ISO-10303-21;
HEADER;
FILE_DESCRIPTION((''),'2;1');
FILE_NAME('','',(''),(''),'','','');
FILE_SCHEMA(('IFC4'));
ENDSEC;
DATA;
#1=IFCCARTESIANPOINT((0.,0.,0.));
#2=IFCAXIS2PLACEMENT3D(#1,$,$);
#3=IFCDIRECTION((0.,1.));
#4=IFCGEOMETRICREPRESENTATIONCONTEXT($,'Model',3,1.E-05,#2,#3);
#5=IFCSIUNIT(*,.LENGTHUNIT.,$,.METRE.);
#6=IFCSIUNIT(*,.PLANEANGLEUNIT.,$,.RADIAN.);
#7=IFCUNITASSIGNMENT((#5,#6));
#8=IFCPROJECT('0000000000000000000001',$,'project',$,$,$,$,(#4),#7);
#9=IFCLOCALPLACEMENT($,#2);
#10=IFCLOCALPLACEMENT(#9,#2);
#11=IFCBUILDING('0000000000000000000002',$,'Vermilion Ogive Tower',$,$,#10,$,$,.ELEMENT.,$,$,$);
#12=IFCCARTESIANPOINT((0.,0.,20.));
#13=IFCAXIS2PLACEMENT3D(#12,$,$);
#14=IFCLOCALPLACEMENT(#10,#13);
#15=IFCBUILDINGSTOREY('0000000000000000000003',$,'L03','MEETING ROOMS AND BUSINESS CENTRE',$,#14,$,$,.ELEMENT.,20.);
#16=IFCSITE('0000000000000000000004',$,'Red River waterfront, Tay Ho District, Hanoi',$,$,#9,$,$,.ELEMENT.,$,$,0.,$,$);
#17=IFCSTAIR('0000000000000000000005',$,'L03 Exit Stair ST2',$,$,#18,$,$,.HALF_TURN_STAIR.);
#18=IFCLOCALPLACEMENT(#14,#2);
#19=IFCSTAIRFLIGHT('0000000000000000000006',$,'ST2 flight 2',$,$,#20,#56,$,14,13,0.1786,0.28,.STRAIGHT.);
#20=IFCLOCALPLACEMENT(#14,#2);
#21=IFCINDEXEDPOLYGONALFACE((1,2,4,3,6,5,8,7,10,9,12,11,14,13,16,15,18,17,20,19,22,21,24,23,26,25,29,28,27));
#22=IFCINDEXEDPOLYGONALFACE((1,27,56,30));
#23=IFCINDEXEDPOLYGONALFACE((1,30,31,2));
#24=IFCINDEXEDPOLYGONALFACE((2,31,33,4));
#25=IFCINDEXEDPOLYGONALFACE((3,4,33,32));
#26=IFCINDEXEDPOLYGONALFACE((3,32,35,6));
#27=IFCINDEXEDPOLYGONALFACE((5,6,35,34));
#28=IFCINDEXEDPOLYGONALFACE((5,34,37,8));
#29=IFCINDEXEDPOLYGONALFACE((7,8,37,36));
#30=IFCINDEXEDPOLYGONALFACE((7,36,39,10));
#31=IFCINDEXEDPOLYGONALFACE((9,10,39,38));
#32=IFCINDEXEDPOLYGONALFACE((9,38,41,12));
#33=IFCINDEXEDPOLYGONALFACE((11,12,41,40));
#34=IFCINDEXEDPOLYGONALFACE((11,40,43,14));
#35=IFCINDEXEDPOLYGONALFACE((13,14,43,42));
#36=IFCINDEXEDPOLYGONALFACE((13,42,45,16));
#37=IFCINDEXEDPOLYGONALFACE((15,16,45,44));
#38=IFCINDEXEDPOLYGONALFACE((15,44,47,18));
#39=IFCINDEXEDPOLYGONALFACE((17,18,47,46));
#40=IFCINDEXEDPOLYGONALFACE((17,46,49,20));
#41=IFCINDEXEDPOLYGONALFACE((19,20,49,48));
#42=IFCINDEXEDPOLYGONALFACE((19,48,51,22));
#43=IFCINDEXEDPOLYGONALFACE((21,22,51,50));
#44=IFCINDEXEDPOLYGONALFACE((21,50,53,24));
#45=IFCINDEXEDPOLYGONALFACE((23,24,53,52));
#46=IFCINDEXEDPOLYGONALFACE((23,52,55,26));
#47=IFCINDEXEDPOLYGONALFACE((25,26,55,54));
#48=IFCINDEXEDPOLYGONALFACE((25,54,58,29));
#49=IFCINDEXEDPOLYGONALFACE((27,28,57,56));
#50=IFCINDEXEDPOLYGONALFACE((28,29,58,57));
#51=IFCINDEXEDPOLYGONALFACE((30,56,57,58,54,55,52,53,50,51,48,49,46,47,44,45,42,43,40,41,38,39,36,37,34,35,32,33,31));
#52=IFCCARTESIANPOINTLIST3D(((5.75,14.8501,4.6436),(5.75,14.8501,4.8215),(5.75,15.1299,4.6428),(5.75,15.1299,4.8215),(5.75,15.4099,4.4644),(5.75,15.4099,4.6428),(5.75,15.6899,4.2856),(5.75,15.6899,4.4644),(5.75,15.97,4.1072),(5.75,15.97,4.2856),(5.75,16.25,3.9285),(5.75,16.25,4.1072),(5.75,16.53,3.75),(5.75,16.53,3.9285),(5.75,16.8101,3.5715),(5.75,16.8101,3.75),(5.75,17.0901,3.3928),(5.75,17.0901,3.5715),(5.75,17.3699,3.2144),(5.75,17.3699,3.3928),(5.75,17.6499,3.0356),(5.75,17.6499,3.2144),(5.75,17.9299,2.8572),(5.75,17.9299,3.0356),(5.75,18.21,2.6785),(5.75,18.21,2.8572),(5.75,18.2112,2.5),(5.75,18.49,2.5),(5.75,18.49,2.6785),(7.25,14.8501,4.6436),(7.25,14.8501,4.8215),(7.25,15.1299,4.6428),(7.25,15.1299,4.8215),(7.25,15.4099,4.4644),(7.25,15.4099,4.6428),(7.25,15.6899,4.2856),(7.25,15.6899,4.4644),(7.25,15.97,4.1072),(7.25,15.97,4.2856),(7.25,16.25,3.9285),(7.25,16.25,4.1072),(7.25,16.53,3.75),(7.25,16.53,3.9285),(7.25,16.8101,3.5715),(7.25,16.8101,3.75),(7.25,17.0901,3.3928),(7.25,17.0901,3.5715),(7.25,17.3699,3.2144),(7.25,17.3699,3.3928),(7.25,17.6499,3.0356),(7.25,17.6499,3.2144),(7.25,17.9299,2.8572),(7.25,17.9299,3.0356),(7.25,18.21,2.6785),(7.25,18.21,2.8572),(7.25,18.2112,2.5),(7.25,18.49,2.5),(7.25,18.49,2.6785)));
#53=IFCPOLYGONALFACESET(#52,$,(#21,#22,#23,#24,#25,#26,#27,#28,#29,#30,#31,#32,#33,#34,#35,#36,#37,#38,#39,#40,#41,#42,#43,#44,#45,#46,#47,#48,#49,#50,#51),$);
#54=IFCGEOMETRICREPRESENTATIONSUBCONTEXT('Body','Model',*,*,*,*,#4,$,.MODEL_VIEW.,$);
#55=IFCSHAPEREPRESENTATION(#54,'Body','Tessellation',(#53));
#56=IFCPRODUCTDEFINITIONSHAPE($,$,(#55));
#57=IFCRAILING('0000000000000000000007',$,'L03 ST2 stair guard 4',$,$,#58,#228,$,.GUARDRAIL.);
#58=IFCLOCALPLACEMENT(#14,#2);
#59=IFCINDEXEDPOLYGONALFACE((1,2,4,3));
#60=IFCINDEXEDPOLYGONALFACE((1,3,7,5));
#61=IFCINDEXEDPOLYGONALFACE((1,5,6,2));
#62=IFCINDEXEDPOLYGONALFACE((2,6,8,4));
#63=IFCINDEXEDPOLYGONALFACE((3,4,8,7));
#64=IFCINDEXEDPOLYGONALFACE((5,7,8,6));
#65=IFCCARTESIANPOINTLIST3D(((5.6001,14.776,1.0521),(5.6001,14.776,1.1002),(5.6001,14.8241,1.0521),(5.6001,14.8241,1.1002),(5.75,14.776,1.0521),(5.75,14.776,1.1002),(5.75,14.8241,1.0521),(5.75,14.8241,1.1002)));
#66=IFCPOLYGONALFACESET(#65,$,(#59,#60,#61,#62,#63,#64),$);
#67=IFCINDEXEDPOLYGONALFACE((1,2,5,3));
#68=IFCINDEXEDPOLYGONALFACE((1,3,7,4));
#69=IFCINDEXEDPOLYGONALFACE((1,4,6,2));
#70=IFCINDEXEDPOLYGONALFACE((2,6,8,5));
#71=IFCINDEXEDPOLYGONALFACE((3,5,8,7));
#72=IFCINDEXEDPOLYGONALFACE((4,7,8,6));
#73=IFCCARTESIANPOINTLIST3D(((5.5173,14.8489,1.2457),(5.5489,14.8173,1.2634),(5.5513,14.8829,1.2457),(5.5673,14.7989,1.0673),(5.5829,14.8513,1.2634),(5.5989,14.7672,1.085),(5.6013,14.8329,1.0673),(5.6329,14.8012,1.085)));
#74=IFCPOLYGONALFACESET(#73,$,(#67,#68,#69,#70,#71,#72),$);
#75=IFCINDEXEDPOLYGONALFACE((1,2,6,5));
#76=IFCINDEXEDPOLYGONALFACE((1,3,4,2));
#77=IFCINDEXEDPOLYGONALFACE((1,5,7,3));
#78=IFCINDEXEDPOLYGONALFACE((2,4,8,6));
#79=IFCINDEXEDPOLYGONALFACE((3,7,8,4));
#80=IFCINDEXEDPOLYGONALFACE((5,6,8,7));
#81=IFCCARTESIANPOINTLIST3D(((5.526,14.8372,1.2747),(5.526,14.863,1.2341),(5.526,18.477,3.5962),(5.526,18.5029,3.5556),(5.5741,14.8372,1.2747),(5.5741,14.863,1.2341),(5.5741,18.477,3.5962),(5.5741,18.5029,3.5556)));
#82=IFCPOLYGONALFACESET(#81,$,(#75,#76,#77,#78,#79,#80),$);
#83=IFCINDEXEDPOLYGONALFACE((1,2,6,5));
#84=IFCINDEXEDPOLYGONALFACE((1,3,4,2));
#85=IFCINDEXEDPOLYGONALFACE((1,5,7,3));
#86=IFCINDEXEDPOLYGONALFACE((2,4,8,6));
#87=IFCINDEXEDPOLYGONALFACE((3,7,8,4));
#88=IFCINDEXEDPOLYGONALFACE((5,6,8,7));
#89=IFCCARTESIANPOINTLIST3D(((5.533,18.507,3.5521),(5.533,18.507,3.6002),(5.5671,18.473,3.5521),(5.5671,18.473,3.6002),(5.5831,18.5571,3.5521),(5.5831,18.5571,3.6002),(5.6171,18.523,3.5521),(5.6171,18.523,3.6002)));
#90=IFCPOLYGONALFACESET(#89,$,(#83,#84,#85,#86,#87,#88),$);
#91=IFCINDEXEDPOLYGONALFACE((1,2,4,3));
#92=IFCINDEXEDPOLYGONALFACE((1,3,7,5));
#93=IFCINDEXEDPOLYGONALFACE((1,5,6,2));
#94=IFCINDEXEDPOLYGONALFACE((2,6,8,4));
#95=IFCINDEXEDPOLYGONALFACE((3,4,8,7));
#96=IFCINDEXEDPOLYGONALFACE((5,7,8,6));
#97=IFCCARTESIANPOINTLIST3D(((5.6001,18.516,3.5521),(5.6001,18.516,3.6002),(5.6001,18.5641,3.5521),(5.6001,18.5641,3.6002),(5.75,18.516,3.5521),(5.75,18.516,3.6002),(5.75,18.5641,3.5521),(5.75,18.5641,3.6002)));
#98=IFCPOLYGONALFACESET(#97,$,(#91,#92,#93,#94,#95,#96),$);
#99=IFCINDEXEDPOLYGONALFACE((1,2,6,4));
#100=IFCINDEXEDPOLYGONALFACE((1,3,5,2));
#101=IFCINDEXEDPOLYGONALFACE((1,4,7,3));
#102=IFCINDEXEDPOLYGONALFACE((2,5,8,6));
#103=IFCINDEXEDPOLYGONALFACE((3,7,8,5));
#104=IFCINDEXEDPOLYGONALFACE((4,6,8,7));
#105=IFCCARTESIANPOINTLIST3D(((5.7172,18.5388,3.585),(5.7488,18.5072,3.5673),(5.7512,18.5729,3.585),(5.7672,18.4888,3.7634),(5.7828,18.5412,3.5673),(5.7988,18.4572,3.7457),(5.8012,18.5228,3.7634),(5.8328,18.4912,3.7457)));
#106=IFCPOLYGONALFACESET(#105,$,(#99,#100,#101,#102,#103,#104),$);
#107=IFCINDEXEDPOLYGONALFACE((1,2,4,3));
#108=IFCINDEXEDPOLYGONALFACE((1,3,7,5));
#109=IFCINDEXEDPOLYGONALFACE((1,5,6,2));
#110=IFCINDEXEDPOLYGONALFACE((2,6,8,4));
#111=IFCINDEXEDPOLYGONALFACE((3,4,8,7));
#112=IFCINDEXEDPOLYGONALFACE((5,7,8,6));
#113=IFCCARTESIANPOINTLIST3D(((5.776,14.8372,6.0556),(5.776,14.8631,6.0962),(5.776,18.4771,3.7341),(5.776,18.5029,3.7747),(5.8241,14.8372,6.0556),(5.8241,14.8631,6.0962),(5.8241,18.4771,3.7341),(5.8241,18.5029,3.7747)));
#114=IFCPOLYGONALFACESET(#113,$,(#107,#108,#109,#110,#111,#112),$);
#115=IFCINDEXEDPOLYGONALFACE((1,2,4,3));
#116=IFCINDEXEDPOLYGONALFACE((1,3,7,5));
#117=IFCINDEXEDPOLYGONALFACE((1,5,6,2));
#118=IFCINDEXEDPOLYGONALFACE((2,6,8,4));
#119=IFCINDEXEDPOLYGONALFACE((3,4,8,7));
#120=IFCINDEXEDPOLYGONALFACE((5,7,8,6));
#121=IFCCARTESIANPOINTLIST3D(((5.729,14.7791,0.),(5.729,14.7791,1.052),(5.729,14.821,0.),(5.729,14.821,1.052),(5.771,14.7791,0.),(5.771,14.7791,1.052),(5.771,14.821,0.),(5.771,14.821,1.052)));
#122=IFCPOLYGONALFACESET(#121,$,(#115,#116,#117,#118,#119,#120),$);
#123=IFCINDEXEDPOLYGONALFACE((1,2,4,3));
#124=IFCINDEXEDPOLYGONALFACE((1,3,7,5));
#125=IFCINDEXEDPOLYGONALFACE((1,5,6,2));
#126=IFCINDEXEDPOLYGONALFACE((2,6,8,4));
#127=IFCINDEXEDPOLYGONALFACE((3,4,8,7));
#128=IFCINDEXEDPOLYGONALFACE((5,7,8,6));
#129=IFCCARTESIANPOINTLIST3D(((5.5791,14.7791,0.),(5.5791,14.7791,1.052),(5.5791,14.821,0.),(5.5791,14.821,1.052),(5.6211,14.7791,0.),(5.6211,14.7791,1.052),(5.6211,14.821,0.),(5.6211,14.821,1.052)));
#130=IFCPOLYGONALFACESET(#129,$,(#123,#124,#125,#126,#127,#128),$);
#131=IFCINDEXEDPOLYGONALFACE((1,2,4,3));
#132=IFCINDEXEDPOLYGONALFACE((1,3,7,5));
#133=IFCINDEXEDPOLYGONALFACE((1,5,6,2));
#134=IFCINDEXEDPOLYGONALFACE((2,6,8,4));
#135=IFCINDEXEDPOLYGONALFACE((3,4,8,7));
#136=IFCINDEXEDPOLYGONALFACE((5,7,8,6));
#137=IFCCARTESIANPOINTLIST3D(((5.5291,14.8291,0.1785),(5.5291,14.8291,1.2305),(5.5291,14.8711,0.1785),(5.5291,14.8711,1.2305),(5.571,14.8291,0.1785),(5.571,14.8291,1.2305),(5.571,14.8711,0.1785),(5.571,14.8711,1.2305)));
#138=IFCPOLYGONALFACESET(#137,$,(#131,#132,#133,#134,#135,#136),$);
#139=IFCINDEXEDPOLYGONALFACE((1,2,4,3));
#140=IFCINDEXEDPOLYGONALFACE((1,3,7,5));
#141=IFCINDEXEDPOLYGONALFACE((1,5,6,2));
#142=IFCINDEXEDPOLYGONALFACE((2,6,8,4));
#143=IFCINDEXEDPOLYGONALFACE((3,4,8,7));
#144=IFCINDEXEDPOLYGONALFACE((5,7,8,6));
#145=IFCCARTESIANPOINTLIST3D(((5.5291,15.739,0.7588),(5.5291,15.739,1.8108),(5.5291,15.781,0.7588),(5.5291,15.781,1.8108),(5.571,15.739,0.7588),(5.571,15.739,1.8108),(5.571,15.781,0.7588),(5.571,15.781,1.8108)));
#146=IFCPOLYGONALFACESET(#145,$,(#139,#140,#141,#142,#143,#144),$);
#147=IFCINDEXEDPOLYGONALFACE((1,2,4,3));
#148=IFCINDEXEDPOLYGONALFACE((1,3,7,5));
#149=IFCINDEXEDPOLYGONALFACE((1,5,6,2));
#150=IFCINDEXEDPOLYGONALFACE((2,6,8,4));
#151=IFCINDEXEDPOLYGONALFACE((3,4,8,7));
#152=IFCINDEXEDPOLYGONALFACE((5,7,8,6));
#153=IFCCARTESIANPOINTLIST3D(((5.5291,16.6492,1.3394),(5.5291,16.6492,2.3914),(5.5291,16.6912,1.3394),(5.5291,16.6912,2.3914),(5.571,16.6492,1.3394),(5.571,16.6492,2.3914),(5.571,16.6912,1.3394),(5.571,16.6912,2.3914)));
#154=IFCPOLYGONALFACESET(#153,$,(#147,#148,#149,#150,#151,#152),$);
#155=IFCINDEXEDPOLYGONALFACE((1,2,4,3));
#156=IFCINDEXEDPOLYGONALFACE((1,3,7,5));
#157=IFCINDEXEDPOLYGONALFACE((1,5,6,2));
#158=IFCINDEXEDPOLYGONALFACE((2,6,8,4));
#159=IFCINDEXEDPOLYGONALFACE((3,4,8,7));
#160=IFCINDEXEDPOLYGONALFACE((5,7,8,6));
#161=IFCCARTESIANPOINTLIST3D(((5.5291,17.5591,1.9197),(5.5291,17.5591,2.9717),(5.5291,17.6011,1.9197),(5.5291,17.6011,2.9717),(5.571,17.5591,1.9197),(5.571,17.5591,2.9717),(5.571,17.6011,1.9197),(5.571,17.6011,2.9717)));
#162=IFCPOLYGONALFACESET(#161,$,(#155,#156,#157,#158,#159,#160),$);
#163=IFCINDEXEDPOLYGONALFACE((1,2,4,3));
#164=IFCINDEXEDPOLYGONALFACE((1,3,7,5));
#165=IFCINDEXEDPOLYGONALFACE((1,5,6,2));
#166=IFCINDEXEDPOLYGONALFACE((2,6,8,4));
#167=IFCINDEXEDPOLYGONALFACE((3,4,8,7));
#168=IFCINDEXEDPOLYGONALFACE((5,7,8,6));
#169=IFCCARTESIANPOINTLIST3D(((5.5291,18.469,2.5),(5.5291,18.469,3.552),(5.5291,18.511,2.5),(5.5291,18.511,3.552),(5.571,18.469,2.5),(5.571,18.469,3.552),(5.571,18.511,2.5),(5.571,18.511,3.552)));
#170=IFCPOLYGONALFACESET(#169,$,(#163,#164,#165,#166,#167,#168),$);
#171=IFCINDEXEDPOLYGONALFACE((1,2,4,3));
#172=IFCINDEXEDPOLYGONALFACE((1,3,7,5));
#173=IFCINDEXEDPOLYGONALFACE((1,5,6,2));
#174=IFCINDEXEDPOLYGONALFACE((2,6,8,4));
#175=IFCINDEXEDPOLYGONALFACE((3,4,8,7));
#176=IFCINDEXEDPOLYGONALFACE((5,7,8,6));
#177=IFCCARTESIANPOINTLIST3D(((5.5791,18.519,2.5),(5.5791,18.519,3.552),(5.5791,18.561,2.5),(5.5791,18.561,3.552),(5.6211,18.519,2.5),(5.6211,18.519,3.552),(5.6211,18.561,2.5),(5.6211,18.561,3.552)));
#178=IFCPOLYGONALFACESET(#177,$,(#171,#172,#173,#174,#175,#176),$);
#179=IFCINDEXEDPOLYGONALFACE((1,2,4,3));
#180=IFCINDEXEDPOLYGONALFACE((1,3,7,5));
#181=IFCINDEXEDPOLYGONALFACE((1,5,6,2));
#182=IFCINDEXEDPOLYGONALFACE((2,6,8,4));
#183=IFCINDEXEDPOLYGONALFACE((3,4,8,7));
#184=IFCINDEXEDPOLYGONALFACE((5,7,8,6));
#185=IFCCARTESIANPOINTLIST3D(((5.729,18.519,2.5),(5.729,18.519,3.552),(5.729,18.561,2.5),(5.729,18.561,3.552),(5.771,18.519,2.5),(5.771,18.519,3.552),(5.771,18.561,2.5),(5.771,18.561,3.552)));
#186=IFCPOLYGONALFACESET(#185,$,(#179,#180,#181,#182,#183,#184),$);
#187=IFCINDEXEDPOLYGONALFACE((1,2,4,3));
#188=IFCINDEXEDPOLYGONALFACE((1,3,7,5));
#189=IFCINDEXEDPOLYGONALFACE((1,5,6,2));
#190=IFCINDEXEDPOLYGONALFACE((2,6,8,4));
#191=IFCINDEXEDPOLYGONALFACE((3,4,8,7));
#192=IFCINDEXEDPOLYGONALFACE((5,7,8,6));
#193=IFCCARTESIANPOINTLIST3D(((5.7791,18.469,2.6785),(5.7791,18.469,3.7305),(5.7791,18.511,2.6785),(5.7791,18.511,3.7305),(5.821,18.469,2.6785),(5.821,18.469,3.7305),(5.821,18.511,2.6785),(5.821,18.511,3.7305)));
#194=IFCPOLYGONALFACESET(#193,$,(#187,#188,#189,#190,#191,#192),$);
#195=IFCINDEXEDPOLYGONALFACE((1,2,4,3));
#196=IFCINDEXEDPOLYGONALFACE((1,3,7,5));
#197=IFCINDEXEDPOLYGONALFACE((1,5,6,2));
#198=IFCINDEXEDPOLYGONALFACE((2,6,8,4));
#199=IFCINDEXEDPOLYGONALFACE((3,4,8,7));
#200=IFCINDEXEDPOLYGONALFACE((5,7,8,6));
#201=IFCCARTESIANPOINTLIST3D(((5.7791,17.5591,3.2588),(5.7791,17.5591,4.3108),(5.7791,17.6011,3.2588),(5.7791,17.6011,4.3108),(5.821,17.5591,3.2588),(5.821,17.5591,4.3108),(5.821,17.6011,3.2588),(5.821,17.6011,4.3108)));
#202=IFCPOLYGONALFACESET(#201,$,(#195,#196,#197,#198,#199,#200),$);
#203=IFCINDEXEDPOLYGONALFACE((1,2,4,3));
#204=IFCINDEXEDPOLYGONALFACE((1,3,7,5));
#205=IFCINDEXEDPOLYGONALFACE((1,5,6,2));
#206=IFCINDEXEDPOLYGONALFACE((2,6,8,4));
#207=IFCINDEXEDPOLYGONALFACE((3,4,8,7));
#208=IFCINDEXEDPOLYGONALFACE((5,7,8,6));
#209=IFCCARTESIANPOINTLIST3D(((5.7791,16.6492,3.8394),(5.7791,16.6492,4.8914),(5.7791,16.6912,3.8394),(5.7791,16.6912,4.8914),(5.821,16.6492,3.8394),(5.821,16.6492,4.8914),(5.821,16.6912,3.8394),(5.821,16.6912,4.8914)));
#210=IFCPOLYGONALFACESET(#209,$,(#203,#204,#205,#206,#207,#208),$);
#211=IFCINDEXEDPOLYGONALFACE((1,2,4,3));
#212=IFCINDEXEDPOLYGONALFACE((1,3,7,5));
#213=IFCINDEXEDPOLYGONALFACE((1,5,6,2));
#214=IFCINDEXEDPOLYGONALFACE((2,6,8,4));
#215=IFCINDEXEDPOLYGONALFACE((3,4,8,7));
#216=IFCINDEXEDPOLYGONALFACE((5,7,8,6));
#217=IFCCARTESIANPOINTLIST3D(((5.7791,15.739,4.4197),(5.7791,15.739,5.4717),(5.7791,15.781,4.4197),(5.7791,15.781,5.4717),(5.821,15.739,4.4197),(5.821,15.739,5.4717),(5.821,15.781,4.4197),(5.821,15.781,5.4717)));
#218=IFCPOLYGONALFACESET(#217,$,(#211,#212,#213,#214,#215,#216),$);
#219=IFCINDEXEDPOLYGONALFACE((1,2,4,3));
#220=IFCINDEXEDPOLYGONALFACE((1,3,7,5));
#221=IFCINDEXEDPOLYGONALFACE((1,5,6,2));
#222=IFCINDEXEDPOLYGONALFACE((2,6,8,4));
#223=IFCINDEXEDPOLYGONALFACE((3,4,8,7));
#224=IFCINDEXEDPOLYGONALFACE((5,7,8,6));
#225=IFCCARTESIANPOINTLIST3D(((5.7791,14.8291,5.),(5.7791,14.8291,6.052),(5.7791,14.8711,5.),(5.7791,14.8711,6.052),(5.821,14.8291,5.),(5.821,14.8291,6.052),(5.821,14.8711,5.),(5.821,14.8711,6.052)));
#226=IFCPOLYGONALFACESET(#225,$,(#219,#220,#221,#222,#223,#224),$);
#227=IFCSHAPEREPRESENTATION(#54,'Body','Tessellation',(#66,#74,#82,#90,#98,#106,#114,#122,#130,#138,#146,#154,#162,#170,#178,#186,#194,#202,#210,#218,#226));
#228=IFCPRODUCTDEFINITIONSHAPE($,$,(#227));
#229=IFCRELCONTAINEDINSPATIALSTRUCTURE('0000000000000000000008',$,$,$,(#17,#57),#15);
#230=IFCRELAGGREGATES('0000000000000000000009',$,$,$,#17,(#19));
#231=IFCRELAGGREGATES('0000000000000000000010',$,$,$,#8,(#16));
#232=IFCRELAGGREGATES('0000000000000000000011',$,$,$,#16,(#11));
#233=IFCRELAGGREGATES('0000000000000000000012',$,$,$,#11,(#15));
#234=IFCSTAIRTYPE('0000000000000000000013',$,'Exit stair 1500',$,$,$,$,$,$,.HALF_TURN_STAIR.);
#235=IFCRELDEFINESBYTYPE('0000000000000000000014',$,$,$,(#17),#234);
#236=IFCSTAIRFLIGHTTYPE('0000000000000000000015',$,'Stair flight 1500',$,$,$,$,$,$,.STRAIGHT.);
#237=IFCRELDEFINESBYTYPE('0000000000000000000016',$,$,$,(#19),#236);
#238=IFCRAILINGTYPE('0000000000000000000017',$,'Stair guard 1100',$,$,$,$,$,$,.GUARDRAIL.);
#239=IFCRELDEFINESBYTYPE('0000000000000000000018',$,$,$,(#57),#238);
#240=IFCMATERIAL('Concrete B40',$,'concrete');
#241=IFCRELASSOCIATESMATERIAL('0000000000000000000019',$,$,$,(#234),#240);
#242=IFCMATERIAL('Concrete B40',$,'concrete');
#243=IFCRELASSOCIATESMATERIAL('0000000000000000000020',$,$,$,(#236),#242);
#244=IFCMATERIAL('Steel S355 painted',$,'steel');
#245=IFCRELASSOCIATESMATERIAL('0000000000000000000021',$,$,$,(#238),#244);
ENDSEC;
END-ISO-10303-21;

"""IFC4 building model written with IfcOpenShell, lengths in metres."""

from ifc_helpers import new_model, si_unit, direction, frame, origin, origin_2d, place, context, subcontext, project, spatial, polyline, rectangle, outline, extrude, material, type_object, element, aggregate, save


model = new_model("IFC4")

# Units and contexts
model_context = context("Model", 3, precision=1e-05, world=origin(), true_north=direction((0.0, 1.0)))
body_context = subcontext(model_context, "Body", "Model", "MODEL_VIEW")
ifc_project = project(units=[si_unit("LENGTHUNIT", "METRE"), si_unit("PLANEANGLEUNIT", "RADIAN")], contexts=[model_context])

# Site, building, storey
site_placement = place(None, origin())
site = spatial("IfcSite", under=ifc_project, at=site_placement, Name="Red River waterfront, Tay Ho District, Hanoi", CompositionType="ELEMENT", RefElevation=0.0)
building_placement = place(site_placement, origin())
building = spatial("IfcBuilding", under=site, at=building_placement, Name="Vermilion Ogive Tower", CompositionType="ELEMENT")
storey_placement = place(building_placement, frame((0.0, 0.0, 20.0)))
storey = spatial("IfcBuildingStorey", under=building, at=storey_placement, Name="L03", Description="MEETING ROOMS AND BUSINESS CENTRE", CompositionType="ELEMENT", Elevation=20.0)

# Stair, stair flight
ifc_material_1 = material(Name="Concrete B40", Category="concrete")
stair_type = type_object("IfcStairType", Name="Exit stair 1500", PredefinedType="HALF_TURN_STAIR", material=ifc_material_1)
stair_placement = place(storey_placement, origin())
stair = element("IfcStair", 1, at=stair_placement, inside=storey, type_object=stair_type, Name="L03 Exit Stair ST2", PredefinedType="HALF_TURN_STAIR")
ifc_material_2 = material(Name="Concrete B40", Category="concrete")
stair_flight_type = type_object("IfcStairFlightType", Name="Stair flight 1500", PredefinedType="STRAIGHT", material=ifc_material_2)
stair_flight_1_placement = place(storey_placement, frame((6.5, 18.49, 2.5), z_axis=(0.0, 0.0, 1.0), x_axis=(0.0, -1.0, 0.0)))
stair_flight_1 = element("IfcStairFlight", 2, at=stair_flight_1_placement, type_object=stair_flight_type, Name="ST2 flight 2", NumberOfRisers=14, NumberOfTreads=13, PredefinedType="STRAIGHT", RiserHeight=0.1786, TreadLength=0.28, context=body_context, shape_type="SweptSolid", body=[
    extrude(outline(polyline([(0.0, 0.0), (0.0, 0.1785), (0.28, 0.1785), (0.28, 0.3572), (0.5601, 0.3572), (0.5601, 0.5356), (0.8401, 0.5356), (0.8401, 0.7144), (1.1201, 0.7144), (1.1201, 0.8928), (1.3999, 0.8928), (1.3999, 1.0715), (1.6799, 1.0715), (1.6799, 1.25), (1.96, 1.25), (1.96, 1.4285), (2.24, 1.4285), (2.24, 1.6072), (2.52, 1.6072), (2.52, 1.7856), (2.8, 1.7856), (2.8, 1.9644), (3.0801, 1.9644), (3.0801, 2.1428), (3.3601, 2.1428), (3.3601, 2.3215), (3.6399, 2.3215), (3.6399, 2.5), (3.6399, 2.1436), (0.2788, 0.0), (0.0, 0.0)])), frame((0.0, 0.75, 0.0), z_axis=(0.0, -1.0, 0.0), x_axis=(1.0, 0.0, 0.0)), (0.0, 0.0, 1.0), 1.5),
])
aggregate(stair, [stair_flight_1])

# Railing
ifc_material_3 = material(Name="Steel S355 painted", Category="steel")
railing_type_1 = type_object("IfcRailingType", Name="Stair guard 1100", PredefinedType="GUARDRAIL", material=ifc_material_3)
railing_1_placement = place(storey_placement, frame((5.75, 14.8, 0.0)))
element("IfcRailing", 3, at=railing_1_placement, inside=storey, type_object=railing_type_1, Name="L03 ST2 stair guard 4", PredefinedType="GUARDRAIL", context=body_context, shape_type="SweptSolid", body=[
    extrude(rectangle(XDim=0.0481, YDim=0.0481, at=origin_2d()), frame((0.0, 0.0, 1.0762), z_axis=(-1.0, 0.0, 0.0), x_axis=(0.0, -1.0, 0.0)), (0.0, 0.0, 1.0), 0.1499),
    extrude(rectangle(XDim=0.0481, YDim=0.0481, at=origin_2d()), frame((-0.1499, 0.0, 1.0762), z_axis=(-0.260685, 0.260685, 0.929563), x_axis=(-0.707107, -0.707107, 0.0)), (0.0, 0.0, 1.0), 0.1919),
    extrude(rectangle(XDim=0.0481, YDim=0.0481, at=origin_2d()), frame((-0.2, 0.05, 1.2544), z_axis=(0.0, 0.843112, 0.537739), x_axis=(-1.0, 0.0, 0.0)), (0.0, 0.0, 1.0), 4.3171),
    extrude(rectangle(XDim=0.0481, YDim=0.0481, at=origin_2d()), frame((-0.2, 3.6899, 3.5762), z_axis=(0.707107, 0.707107, 0.0), x_axis=(-0.707107, 0.707107, 0.0)), (0.0, 0.0, 1.0), 0.0708),
    extrude(rectangle(XDim=0.0481, YDim=0.0481, at=origin_2d()), frame((-0.1499, 3.74, 3.5762), z_axis=(1.0, 0.0, 0.0), x_axis=(0.0, 1.0, 0.0)), (0.0, 0.0, 1.0), 0.1499),
    extrude(rectangle(XDim=0.0481, YDim=0.0481, at=origin_2d()), frame((0.0, 3.74, 3.5762), z_axis=(0.260685, -0.260685, 0.929563), x_axis=(0.707107, 0.707107, 0.0)), (0.0, 0.0, 1.0), 0.1919),
    extrude(rectangle(XDim=0.0481, YDim=0.0481, at=origin_2d()), frame((0.05, 3.6899, 3.7544), z_axis=(0.0, -0.843112, 0.537739), x_axis=(1.0, 0.0, 0.0)), (0.0, 0.0, 1.0), 4.3171),
    extrude(rectangle(XDim=0.042, YDim=0.042, at=origin_2d()), origin(), (0.0, 0.0, 1.0), 1.052),
    extrude(rectangle(XDim=0.042, YDim=0.042, at=origin_2d()), frame((-0.1499, 0.0, 0.0)), (0.0, 0.0, 1.0), 1.052),
    extrude(rectangle(XDim=0.042, YDim=0.042, at=origin_2d()), frame((-0.2, 0.05, 0.1785)), (0.0, 0.0, 1.0), 1.052),
    extrude(rectangle(XDim=0.042, YDim=0.042, at=origin_2d()), frame((-0.2, 0.96, 0.7588)), (0.0, 0.0, 1.0), 1.052),
    extrude(rectangle(XDim=0.042, YDim=0.042, at=origin_2d()), frame((-0.2, 1.8701, 1.3394)), (0.0, 0.0, 1.0), 1.052),
    extrude(rectangle(XDim=0.042, YDim=0.042, at=origin_2d()), frame((-0.2, 2.78, 1.9197)), (0.0, 0.0, 1.0), 1.052),
    extrude(rectangle(XDim=0.042, YDim=0.042, at=origin_2d()), frame((-0.2, 3.6899, 2.5)), (0.0, 0.0, 1.0), 1.052),
    extrude(rectangle(XDim=0.042, YDim=0.042, at=origin_2d()), frame((-0.1499, 3.74, 2.5)), (0.0, 0.0, 1.0), 1.052),
    extrude(rectangle(XDim=0.042, YDim=0.042, at=origin_2d()), frame((0.0, 3.74, 2.5)), (0.0, 0.0, 1.0), 1.052),
    extrude(rectangle(XDim=0.042, YDim=0.042, at=origin_2d()), frame((0.05, 3.6899, 2.6785)), (0.0, 0.0, 1.0), 1.052),
    extrude(rectangle(XDim=0.042, YDim=0.042, at=origin_2d()), frame((0.05, 2.78, 3.2588)), (0.0, 0.0, 1.0), 1.052),
    extrude(rectangle(XDim=0.042, YDim=0.042, at=origin_2d()), frame((0.05, 1.8701, 3.8394)), (0.0, 0.0, 1.0), 1.052),
    extrude(rectangle(XDim=0.042, YDim=0.042, at=origin_2d()), frame((0.05, 0.96, 4.4197)), (0.0, 0.0, 1.0), 1.052),
    extrude(rectangle(XDim=0.042, YDim=0.042, at=origin_2d()), frame((0.05, 0.05, 5.0)), (0.0, 0.0, 1.0), 1.052),
])

save(model, "model.ifc")
